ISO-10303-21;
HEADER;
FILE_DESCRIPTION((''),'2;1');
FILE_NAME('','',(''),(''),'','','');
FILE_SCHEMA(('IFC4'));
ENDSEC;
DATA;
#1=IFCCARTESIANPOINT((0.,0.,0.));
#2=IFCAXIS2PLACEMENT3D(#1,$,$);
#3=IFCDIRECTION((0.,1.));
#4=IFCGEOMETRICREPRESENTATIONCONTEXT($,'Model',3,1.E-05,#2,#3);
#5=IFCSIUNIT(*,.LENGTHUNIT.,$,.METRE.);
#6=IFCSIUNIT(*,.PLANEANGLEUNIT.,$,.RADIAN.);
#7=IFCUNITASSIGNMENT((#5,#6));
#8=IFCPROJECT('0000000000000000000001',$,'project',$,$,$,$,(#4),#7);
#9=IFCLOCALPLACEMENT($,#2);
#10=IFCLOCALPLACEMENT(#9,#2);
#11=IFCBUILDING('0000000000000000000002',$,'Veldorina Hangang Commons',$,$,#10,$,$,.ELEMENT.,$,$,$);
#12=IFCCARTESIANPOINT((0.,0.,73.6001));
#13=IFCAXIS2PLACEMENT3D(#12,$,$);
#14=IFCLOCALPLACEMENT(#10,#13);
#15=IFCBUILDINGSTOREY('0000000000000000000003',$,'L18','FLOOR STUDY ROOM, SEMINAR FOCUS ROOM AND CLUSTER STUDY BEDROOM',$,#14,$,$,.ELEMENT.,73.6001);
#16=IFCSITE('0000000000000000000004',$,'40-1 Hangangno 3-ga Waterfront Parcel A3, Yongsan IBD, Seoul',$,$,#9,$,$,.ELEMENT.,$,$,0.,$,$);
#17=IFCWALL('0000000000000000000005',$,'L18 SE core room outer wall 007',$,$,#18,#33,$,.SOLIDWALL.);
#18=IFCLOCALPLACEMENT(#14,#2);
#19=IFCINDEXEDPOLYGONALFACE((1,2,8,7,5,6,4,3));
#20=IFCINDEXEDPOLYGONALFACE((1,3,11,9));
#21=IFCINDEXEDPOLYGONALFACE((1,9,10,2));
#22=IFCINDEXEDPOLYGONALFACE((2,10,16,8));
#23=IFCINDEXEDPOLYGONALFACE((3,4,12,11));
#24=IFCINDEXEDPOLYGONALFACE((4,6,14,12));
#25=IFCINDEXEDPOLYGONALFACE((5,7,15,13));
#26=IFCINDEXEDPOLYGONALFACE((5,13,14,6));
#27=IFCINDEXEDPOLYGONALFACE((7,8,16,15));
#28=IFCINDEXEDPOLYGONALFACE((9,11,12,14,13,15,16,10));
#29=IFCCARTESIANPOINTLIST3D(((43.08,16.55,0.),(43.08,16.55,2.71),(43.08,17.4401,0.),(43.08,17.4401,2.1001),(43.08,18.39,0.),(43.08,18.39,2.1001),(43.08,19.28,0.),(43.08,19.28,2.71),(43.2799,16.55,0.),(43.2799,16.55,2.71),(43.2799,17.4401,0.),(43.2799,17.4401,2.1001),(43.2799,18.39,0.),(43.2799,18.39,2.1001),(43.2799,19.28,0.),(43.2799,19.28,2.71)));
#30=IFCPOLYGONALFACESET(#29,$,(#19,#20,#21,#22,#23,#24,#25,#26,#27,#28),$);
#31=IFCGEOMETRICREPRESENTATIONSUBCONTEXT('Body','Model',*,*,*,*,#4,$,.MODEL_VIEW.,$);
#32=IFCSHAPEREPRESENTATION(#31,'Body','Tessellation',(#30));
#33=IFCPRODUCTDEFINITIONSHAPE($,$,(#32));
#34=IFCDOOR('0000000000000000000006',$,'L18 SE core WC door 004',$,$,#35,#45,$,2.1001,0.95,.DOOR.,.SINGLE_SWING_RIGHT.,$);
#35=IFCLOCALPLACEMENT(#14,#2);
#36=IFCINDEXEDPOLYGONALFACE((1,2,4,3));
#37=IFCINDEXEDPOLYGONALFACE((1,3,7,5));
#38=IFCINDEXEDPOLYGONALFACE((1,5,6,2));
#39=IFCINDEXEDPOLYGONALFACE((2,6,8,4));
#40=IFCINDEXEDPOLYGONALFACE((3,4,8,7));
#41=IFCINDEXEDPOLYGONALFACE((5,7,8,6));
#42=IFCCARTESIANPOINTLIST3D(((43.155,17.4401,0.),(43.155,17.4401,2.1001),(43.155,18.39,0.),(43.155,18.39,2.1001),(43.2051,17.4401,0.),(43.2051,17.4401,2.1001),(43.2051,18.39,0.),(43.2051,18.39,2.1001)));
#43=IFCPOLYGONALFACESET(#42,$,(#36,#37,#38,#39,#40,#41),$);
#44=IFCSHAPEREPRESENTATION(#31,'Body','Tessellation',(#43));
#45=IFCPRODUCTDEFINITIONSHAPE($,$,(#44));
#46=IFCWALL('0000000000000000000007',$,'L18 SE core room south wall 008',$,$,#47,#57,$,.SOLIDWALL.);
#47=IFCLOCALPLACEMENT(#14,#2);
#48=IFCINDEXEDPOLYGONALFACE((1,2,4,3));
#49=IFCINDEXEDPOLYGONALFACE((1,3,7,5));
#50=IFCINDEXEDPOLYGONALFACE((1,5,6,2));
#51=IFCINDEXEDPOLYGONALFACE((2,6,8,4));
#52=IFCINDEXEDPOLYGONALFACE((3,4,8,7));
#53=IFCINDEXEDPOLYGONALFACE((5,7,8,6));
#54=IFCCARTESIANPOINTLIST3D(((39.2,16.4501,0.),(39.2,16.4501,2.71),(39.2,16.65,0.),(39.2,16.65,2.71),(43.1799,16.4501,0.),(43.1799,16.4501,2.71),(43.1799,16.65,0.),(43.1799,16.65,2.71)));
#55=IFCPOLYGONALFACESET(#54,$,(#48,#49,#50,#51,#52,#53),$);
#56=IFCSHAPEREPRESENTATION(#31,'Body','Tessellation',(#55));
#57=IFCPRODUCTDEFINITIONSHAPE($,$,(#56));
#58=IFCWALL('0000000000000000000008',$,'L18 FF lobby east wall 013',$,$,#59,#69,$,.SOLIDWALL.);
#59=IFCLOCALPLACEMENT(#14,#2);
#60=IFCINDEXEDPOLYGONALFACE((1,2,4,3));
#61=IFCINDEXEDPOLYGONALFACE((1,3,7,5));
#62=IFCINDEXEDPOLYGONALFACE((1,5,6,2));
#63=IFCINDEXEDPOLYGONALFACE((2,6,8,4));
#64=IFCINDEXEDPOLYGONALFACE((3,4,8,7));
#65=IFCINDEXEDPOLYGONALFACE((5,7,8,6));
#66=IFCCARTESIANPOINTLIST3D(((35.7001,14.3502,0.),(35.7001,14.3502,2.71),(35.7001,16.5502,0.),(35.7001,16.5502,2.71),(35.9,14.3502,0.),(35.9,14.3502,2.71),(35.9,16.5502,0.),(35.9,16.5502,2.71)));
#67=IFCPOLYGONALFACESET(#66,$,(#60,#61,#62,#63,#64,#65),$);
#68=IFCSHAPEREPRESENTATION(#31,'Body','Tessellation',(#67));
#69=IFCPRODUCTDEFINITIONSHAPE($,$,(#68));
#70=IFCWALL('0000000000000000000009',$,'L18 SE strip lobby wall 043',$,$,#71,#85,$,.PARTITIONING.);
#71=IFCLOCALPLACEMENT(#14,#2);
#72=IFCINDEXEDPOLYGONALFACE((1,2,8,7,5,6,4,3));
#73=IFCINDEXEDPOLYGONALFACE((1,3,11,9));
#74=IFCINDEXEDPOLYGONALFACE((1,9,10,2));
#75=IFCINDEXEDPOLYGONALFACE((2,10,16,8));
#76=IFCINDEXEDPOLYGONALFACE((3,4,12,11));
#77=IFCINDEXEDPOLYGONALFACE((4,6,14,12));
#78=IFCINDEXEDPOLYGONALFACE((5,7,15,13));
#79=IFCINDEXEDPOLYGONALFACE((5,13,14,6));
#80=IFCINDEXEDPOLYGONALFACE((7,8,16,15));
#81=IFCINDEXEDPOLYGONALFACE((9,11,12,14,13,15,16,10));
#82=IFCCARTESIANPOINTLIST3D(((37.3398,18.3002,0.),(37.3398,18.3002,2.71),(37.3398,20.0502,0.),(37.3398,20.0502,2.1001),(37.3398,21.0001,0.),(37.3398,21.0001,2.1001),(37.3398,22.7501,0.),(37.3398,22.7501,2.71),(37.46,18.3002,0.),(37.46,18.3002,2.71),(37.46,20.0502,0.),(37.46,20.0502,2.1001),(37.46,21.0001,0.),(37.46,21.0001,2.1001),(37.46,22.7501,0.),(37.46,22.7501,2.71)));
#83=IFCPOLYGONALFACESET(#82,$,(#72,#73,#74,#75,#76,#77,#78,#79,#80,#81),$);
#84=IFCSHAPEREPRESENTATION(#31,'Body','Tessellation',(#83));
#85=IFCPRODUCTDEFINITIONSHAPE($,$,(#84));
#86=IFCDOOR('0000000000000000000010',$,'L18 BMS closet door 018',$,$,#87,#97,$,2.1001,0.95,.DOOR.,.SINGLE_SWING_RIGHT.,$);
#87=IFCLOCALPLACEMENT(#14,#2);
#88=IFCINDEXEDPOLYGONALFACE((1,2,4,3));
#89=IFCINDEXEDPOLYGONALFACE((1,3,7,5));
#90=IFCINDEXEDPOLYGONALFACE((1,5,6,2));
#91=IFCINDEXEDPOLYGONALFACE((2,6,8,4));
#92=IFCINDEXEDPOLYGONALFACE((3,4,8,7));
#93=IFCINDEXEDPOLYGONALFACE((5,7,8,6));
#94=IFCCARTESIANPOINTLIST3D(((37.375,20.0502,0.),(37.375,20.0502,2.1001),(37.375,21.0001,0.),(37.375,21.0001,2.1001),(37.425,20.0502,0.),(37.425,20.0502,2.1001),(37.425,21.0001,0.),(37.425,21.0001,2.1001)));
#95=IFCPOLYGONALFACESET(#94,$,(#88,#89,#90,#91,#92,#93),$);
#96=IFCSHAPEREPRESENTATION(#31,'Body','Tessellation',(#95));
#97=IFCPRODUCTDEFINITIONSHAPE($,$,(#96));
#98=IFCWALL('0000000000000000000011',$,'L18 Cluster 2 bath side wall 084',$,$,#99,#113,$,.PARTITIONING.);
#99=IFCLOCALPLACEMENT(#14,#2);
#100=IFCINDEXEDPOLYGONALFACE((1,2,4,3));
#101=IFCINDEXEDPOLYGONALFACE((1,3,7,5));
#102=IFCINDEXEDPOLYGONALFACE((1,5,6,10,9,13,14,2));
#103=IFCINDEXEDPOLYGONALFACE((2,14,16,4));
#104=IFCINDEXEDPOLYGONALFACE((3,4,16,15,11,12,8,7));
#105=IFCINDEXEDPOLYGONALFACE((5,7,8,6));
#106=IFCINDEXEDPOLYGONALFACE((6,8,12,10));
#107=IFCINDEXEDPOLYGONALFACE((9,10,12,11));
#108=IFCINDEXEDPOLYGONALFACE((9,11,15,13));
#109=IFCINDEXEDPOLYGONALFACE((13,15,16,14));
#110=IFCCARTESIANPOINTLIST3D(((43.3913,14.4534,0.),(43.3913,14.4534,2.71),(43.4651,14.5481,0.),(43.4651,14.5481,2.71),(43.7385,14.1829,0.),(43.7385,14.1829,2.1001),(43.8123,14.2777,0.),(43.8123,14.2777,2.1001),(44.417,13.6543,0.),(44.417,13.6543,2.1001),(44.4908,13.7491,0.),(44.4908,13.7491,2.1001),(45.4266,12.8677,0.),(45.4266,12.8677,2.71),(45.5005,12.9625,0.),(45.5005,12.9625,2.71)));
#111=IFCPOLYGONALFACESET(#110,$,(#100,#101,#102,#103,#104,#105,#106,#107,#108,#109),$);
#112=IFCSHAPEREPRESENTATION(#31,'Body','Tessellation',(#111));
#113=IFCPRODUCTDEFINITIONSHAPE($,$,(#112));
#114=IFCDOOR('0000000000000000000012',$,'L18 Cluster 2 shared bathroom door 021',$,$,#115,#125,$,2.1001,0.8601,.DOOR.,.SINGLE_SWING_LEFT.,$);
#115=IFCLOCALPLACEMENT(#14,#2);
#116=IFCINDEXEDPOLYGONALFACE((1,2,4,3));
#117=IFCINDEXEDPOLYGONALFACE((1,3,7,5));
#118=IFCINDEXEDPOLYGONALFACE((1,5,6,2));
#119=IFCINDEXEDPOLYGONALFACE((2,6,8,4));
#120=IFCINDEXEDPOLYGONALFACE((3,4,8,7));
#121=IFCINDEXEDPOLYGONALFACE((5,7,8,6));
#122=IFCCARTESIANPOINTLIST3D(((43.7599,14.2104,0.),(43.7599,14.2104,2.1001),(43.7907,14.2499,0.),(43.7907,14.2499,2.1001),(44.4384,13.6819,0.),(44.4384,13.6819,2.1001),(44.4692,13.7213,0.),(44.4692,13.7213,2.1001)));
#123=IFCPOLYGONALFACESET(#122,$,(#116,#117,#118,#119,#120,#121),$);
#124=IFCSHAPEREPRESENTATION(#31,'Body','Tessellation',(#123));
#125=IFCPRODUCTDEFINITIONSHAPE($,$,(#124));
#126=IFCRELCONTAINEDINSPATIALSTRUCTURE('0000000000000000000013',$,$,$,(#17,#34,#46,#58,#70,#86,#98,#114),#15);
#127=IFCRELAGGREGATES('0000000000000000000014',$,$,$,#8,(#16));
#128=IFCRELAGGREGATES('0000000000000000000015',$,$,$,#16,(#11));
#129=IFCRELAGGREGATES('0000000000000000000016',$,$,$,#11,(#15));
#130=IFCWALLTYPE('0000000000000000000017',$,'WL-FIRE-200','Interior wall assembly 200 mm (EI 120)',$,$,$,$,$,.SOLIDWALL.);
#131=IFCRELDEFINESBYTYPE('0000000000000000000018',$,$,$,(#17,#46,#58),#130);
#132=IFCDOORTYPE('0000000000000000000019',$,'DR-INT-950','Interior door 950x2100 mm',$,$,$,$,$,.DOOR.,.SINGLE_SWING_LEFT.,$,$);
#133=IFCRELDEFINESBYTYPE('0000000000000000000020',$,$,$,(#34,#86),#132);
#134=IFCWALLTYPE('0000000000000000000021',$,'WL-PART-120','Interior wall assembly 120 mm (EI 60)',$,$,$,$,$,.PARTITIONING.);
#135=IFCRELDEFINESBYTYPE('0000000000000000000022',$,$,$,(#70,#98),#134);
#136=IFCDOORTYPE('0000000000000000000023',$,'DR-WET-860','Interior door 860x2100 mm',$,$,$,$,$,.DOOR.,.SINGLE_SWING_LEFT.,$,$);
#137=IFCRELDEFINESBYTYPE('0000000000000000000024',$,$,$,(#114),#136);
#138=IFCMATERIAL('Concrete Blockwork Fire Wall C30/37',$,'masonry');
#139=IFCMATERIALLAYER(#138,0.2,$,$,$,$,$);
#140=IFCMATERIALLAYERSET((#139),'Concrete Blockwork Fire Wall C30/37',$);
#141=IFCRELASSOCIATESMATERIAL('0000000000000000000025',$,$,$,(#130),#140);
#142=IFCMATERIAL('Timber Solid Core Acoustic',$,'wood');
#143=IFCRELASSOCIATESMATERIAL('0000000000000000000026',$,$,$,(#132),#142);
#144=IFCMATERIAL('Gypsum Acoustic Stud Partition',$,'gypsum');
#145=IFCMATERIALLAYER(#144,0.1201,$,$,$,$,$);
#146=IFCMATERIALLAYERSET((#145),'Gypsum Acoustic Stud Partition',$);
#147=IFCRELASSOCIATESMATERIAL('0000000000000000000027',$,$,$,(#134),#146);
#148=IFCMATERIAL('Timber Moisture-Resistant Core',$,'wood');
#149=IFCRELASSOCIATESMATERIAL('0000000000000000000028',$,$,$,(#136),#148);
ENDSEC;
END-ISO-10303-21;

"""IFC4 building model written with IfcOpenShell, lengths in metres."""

from ifc_helpers import new_model, si_unit, direction, frame, frame_2d, origin, place, context, subcontext, project, spatial, rectangle, extrude, material, layer, layer_set, type_object, element, fill, save


model = new_model("IFC4")

# Units and contexts
model_context = context("Model", 3, precision=1e-05, world=origin(), true_north=direction((0.0, 1.0)))
body_context = subcontext(model_context, "Body", "Model", "MODEL_VIEW")
ifc_project = project(units=[si_unit("LENGTHUNIT", "METRE"), si_unit("PLANEANGLEUNIT", "RADIAN")], contexts=[model_context])

# Site, building, storey
site_placement = place(None, origin())
site = spatial("IfcSite", under=ifc_project, at=site_placement, Name="40-1 Hangangno 3-ga Waterfront Parcel A3, Yongsan IBD, Seoul", CompositionType="ELEMENT", RefElevation=0.0)
building_placement = place(site_placement, origin())
building = spatial("IfcBuilding", under=site, at=building_placement, Name="Veldorina Hangang Commons", CompositionType="ELEMENT")
storey_placement = place(building_placement, frame((0.0, 0.0, 73.6001)))
storey = spatial("IfcBuildingStorey", under=building, at=storey_placement, Name="L18", Description="FLOOR STUDY ROOM, SEMINAR FOCUS ROOM AND CLUSTER STUDY BEDROOM", CompositionType="ELEMENT", Elevation=73.6001)

# Wall, opening, door
ifc_material_1 = material(Name="Concrete Blockwork Fire Wall C30/37", Category="masonry")
ifc_layer_1 = layer(ifc_material_1, 0.2)
ifc_layer_set_1 = layer_set([ifc_layer_1], Name="Concrete Blockwork Fire Wall C30/37")
wall_type_1 = type_object("IfcWallType", Name="WL-FIRE-200", Description="Interior wall assembly 200 mm (EI 120)", PredefinedType="SOLIDWALL", material=ifc_layer_set_1)
wall_1_placement = place(storey_placement, frame((43.1799, 16.55, 0.0), z_axis=(0.0, 0.0, 1.0), x_axis=(0.0, 1.0, 0.0)))
wall_1 = element("IfcWall", 1, at=wall_1_placement, inside=storey, type_object=wall_type_1, Name="L18 SE core room outer wall 007", PredefinedType="SOLIDWALL", context=body_context, shape_type="SweptSolid", body=[
    extrude(rectangle(XDim=2.73, YDim=0.2, at=frame_2d((1.365, 0.0))), origin(), (0.0, 0.0, 1.0), 2.71),
])
opening_1_placement = place(wall_1_placement, frame((0.8899, 0.0, 0.0)))
opening_1 = element("IfcOpeningElement", 2, at=opening_1_placement, cuts=wall_1, PredefinedType="OPENING", context=body_context, shape_type="SweptSolid", body=[
    extrude(rectangle(XDim=0.95, YDim=2.1001, at=frame_2d((0.4751, 1.05))), frame((0.0, 0.1099, 0.0), z_axis=(0.0, -1.0, 0.0), x_axis=(1.0, 0.0, 0.0)), (0.0, 0.0, 1.0), 0.22),
])
ifc_material_2 = material(Name="Timber Solid Core Acoustic", Category="wood")
door_type_1 = type_object("IfcDoorType", Name="DR-INT-950", Description="Interior door 950x2100 mm", OperationType="SINGLE_SWING_LEFT", PredefinedType="DOOR", material=ifc_material_2)
door_1_placement = place(opening_1_placement, origin())
door_1 = element("IfcDoor", 3, at=door_1_placement, inside=storey, type_object=door_type_1, Name="L18 SE core WC door 004", OperationType="SINGLE_SWING_RIGHT", OverallHeight=2.1001, OverallWidth=0.95, PredefinedType="DOOR", context=body_context, shape_type="SweptSolid", body=[
    extrude(rectangle(XDim=0.95, YDim=2.1001, at=frame_2d((0.4751, 1.05))), frame((0.0, 0.0249, 0.0), z_axis=(0.0, -1.0, 0.0), x_axis=(1.0, 0.0, 0.0)), (0.0, 0.0, 1.0), 0.05),
])
fill(opening_1, door_1)

# Walls
wall_2_placement = place(storey_placement, frame((39.2, 16.55, 0.0), z_axis=(0.0, 0.0, 1.0), x_axis=(1.0, 0.0, 0.0)))
element("IfcWall", 4, at=wall_2_placement, inside=storey, type_object=wall_type_1, Name="L18 SE core room south wall 008", PredefinedType="SOLIDWALL", context=body_context, shape_type="SweptSolid", body=[
    extrude(rectangle(XDim=3.98, YDim=0.2, at=frame_2d((1.99, 0.0))), origin(), (0.0, 0.0, 1.0), 2.71),
])
wall_3_placement = place(storey_placement, frame((35.8, 14.3501, 0.0), z_axis=(0.0, 0.0, 1.0), x_axis=(0.0, 1.0, 0.0)))
element("IfcWall", 5, at=wall_3_placement, inside=storey, type_object=wall_type_1, Name="L18 FF lobby east wall 013", PredefinedType="SOLIDWALL", context=body_context, shape_type="SweptSolid", body=[
    extrude(rectangle(XDim=2.2, YDim=0.2, at=frame_2d((1.1001, 0.0))), origin(), (0.0, 0.0, 1.0), 2.71),
])

# Walls, openings, doors
ifc_material_3 = material(Name="Gypsum Acoustic Stud Partition", Category="gypsum")
ifc_layer_2 = layer(ifc_material_3, 0.1201)
ifc_layer_set_2 = layer_set([ifc_layer_2], Name="Gypsum Acoustic Stud Partition")
wall_type_2 = type_object("IfcWallType", Name="WL-PART-120", Description="Interior wall assembly 120 mm (EI 60)", PredefinedType="PARTITIONING", material=ifc_layer_set_2)
wall_4_placement = place(storey_placement, frame((37.3999, 18.3, 0.0), z_axis=(0.0, 0.0, 1.0), x_axis=(0.0, 1.0, 0.0)))
wall_4 = element("IfcWall", 6, at=wall_4_placement, inside=storey, type_object=wall_type_2, Name="L18 SE strip lobby wall 043", PredefinedType="PARTITIONING", context=body_context, shape_type="SweptSolid", body=[
    extrude(rectangle(XDim=4.45, YDim=0.1201, at=frame_2d((2.2251, 0.0))), origin(), (0.0, 0.0, 1.0), 2.71),
])
opening_2_placement = place(wall_4_placement, frame((1.75, 0.0, 0.0)))
opening_2 = element("IfcOpeningElement", 7, at=opening_2_placement, cuts=wall_4, PredefinedType="OPENING", context=body_context, shape_type="SweptSolid", body=[
    extrude(rectangle(XDim=0.95, YDim=2.1001, at=frame_2d((0.4751, 1.05))), frame((0.0, 0.0701, 0.0), z_axis=(0.0, -1.0, 0.0), x_axis=(1.0, 0.0, 0.0)), (0.0, 0.0, 1.0), 0.1401),
])
door_2_placement = place(opening_2_placement, origin())
door_2 = element("IfcDoor", 8, at=door_2_placement, inside=storey, type_object=door_type_1, Name="L18 BMS closet door 018", OperationType="SINGLE_SWING_RIGHT", OverallHeight=2.1001, OverallWidth=0.95, PredefinedType="DOOR", context=body_context, shape_type="SweptSolid", body=[
    extrude(rectangle(XDim=0.95, YDim=2.1001, at=frame_2d((0.4751, 1.05))), frame((0.0, 0.0249, 0.0), z_axis=(0.0, -1.0, 0.0), x_axis=(1.0, 0.0, 0.0)), (0.0, 0.0, 1.0), 0.05),
])
fill(opening_2, door_2)
wall_5_placement = place(storey_placement, frame((43.4282, 14.5007, 0.0), z_axis=(0.0, 0.0, 1.0), x_axis=(0.788863, -0.614569, 0.0)))
wall_5 = element("IfcWall", 9, at=wall_5_placement, inside=storey, type_object=wall_type_2, Name="L18 Cluster 2 bath side wall 084", PredefinedType="PARTITIONING", context=body_context, shape_type="SweptSolid", body=[
    extrude(rectangle(XDim=2.5801, YDim=0.1201, at=frame_2d((1.29, 0.0))), origin(), (0.0, 0.0, 1.0), 2.71),
])
opening_3_placement = place(wall_5_placement, frame((0.4399, 0.0, 0.0)))
opening_3 = element("IfcOpeningElement", 10, at=opening_3_placement, cuts=wall_5, PredefinedType="OPENING", context=body_context, shape_type="SweptSolid", body=[
    extrude(rectangle(XDim=0.8601, YDim=2.1001, at=frame_2d((0.4302, 1.05))), frame((0.0, 0.0701, 0.0), z_axis=(0.0, -1.0, 0.0), x_axis=(1.0, 0.0, 0.0)), (0.0, 0.0, 1.0), 0.1401),
])
ifc_material_4 = material(Name="Timber Moisture-Resistant Core", Category="wood")
door_type_2 = type_object("IfcDoorType", Name="DR-WET-860", Description="Interior door 860x2100 mm", OperationType="SINGLE_SWING_LEFT", PredefinedType="DOOR", material=ifc_material_4)
door_3_placement = place(opening_3_placement, origin())
door_3 = element("IfcDoor", 11, at=door_3_placement, inside=storey, type_object=door_type_2, Name="L18 Cluster 2 shared bathroom door 021", OperationType="SINGLE_SWING_LEFT", OverallHeight=2.1001, OverallWidth=0.8601, PredefinedType="DOOR", context=body_context, shape_type="SweptSolid", body=[
    extrude(rectangle(XDim=0.8601, YDim=2.1001, at=frame_2d((0.4302, 1.05))), frame((0.0, 0.0249, 0.0), z_axis=(0.0, -1.0, 0.0), x_axis=(1.0, 0.0, 0.0)), (0.0, 0.0, 1.0), 0.05),
])
fill(opening_3, door_3)

save(model, "model.ifc")
